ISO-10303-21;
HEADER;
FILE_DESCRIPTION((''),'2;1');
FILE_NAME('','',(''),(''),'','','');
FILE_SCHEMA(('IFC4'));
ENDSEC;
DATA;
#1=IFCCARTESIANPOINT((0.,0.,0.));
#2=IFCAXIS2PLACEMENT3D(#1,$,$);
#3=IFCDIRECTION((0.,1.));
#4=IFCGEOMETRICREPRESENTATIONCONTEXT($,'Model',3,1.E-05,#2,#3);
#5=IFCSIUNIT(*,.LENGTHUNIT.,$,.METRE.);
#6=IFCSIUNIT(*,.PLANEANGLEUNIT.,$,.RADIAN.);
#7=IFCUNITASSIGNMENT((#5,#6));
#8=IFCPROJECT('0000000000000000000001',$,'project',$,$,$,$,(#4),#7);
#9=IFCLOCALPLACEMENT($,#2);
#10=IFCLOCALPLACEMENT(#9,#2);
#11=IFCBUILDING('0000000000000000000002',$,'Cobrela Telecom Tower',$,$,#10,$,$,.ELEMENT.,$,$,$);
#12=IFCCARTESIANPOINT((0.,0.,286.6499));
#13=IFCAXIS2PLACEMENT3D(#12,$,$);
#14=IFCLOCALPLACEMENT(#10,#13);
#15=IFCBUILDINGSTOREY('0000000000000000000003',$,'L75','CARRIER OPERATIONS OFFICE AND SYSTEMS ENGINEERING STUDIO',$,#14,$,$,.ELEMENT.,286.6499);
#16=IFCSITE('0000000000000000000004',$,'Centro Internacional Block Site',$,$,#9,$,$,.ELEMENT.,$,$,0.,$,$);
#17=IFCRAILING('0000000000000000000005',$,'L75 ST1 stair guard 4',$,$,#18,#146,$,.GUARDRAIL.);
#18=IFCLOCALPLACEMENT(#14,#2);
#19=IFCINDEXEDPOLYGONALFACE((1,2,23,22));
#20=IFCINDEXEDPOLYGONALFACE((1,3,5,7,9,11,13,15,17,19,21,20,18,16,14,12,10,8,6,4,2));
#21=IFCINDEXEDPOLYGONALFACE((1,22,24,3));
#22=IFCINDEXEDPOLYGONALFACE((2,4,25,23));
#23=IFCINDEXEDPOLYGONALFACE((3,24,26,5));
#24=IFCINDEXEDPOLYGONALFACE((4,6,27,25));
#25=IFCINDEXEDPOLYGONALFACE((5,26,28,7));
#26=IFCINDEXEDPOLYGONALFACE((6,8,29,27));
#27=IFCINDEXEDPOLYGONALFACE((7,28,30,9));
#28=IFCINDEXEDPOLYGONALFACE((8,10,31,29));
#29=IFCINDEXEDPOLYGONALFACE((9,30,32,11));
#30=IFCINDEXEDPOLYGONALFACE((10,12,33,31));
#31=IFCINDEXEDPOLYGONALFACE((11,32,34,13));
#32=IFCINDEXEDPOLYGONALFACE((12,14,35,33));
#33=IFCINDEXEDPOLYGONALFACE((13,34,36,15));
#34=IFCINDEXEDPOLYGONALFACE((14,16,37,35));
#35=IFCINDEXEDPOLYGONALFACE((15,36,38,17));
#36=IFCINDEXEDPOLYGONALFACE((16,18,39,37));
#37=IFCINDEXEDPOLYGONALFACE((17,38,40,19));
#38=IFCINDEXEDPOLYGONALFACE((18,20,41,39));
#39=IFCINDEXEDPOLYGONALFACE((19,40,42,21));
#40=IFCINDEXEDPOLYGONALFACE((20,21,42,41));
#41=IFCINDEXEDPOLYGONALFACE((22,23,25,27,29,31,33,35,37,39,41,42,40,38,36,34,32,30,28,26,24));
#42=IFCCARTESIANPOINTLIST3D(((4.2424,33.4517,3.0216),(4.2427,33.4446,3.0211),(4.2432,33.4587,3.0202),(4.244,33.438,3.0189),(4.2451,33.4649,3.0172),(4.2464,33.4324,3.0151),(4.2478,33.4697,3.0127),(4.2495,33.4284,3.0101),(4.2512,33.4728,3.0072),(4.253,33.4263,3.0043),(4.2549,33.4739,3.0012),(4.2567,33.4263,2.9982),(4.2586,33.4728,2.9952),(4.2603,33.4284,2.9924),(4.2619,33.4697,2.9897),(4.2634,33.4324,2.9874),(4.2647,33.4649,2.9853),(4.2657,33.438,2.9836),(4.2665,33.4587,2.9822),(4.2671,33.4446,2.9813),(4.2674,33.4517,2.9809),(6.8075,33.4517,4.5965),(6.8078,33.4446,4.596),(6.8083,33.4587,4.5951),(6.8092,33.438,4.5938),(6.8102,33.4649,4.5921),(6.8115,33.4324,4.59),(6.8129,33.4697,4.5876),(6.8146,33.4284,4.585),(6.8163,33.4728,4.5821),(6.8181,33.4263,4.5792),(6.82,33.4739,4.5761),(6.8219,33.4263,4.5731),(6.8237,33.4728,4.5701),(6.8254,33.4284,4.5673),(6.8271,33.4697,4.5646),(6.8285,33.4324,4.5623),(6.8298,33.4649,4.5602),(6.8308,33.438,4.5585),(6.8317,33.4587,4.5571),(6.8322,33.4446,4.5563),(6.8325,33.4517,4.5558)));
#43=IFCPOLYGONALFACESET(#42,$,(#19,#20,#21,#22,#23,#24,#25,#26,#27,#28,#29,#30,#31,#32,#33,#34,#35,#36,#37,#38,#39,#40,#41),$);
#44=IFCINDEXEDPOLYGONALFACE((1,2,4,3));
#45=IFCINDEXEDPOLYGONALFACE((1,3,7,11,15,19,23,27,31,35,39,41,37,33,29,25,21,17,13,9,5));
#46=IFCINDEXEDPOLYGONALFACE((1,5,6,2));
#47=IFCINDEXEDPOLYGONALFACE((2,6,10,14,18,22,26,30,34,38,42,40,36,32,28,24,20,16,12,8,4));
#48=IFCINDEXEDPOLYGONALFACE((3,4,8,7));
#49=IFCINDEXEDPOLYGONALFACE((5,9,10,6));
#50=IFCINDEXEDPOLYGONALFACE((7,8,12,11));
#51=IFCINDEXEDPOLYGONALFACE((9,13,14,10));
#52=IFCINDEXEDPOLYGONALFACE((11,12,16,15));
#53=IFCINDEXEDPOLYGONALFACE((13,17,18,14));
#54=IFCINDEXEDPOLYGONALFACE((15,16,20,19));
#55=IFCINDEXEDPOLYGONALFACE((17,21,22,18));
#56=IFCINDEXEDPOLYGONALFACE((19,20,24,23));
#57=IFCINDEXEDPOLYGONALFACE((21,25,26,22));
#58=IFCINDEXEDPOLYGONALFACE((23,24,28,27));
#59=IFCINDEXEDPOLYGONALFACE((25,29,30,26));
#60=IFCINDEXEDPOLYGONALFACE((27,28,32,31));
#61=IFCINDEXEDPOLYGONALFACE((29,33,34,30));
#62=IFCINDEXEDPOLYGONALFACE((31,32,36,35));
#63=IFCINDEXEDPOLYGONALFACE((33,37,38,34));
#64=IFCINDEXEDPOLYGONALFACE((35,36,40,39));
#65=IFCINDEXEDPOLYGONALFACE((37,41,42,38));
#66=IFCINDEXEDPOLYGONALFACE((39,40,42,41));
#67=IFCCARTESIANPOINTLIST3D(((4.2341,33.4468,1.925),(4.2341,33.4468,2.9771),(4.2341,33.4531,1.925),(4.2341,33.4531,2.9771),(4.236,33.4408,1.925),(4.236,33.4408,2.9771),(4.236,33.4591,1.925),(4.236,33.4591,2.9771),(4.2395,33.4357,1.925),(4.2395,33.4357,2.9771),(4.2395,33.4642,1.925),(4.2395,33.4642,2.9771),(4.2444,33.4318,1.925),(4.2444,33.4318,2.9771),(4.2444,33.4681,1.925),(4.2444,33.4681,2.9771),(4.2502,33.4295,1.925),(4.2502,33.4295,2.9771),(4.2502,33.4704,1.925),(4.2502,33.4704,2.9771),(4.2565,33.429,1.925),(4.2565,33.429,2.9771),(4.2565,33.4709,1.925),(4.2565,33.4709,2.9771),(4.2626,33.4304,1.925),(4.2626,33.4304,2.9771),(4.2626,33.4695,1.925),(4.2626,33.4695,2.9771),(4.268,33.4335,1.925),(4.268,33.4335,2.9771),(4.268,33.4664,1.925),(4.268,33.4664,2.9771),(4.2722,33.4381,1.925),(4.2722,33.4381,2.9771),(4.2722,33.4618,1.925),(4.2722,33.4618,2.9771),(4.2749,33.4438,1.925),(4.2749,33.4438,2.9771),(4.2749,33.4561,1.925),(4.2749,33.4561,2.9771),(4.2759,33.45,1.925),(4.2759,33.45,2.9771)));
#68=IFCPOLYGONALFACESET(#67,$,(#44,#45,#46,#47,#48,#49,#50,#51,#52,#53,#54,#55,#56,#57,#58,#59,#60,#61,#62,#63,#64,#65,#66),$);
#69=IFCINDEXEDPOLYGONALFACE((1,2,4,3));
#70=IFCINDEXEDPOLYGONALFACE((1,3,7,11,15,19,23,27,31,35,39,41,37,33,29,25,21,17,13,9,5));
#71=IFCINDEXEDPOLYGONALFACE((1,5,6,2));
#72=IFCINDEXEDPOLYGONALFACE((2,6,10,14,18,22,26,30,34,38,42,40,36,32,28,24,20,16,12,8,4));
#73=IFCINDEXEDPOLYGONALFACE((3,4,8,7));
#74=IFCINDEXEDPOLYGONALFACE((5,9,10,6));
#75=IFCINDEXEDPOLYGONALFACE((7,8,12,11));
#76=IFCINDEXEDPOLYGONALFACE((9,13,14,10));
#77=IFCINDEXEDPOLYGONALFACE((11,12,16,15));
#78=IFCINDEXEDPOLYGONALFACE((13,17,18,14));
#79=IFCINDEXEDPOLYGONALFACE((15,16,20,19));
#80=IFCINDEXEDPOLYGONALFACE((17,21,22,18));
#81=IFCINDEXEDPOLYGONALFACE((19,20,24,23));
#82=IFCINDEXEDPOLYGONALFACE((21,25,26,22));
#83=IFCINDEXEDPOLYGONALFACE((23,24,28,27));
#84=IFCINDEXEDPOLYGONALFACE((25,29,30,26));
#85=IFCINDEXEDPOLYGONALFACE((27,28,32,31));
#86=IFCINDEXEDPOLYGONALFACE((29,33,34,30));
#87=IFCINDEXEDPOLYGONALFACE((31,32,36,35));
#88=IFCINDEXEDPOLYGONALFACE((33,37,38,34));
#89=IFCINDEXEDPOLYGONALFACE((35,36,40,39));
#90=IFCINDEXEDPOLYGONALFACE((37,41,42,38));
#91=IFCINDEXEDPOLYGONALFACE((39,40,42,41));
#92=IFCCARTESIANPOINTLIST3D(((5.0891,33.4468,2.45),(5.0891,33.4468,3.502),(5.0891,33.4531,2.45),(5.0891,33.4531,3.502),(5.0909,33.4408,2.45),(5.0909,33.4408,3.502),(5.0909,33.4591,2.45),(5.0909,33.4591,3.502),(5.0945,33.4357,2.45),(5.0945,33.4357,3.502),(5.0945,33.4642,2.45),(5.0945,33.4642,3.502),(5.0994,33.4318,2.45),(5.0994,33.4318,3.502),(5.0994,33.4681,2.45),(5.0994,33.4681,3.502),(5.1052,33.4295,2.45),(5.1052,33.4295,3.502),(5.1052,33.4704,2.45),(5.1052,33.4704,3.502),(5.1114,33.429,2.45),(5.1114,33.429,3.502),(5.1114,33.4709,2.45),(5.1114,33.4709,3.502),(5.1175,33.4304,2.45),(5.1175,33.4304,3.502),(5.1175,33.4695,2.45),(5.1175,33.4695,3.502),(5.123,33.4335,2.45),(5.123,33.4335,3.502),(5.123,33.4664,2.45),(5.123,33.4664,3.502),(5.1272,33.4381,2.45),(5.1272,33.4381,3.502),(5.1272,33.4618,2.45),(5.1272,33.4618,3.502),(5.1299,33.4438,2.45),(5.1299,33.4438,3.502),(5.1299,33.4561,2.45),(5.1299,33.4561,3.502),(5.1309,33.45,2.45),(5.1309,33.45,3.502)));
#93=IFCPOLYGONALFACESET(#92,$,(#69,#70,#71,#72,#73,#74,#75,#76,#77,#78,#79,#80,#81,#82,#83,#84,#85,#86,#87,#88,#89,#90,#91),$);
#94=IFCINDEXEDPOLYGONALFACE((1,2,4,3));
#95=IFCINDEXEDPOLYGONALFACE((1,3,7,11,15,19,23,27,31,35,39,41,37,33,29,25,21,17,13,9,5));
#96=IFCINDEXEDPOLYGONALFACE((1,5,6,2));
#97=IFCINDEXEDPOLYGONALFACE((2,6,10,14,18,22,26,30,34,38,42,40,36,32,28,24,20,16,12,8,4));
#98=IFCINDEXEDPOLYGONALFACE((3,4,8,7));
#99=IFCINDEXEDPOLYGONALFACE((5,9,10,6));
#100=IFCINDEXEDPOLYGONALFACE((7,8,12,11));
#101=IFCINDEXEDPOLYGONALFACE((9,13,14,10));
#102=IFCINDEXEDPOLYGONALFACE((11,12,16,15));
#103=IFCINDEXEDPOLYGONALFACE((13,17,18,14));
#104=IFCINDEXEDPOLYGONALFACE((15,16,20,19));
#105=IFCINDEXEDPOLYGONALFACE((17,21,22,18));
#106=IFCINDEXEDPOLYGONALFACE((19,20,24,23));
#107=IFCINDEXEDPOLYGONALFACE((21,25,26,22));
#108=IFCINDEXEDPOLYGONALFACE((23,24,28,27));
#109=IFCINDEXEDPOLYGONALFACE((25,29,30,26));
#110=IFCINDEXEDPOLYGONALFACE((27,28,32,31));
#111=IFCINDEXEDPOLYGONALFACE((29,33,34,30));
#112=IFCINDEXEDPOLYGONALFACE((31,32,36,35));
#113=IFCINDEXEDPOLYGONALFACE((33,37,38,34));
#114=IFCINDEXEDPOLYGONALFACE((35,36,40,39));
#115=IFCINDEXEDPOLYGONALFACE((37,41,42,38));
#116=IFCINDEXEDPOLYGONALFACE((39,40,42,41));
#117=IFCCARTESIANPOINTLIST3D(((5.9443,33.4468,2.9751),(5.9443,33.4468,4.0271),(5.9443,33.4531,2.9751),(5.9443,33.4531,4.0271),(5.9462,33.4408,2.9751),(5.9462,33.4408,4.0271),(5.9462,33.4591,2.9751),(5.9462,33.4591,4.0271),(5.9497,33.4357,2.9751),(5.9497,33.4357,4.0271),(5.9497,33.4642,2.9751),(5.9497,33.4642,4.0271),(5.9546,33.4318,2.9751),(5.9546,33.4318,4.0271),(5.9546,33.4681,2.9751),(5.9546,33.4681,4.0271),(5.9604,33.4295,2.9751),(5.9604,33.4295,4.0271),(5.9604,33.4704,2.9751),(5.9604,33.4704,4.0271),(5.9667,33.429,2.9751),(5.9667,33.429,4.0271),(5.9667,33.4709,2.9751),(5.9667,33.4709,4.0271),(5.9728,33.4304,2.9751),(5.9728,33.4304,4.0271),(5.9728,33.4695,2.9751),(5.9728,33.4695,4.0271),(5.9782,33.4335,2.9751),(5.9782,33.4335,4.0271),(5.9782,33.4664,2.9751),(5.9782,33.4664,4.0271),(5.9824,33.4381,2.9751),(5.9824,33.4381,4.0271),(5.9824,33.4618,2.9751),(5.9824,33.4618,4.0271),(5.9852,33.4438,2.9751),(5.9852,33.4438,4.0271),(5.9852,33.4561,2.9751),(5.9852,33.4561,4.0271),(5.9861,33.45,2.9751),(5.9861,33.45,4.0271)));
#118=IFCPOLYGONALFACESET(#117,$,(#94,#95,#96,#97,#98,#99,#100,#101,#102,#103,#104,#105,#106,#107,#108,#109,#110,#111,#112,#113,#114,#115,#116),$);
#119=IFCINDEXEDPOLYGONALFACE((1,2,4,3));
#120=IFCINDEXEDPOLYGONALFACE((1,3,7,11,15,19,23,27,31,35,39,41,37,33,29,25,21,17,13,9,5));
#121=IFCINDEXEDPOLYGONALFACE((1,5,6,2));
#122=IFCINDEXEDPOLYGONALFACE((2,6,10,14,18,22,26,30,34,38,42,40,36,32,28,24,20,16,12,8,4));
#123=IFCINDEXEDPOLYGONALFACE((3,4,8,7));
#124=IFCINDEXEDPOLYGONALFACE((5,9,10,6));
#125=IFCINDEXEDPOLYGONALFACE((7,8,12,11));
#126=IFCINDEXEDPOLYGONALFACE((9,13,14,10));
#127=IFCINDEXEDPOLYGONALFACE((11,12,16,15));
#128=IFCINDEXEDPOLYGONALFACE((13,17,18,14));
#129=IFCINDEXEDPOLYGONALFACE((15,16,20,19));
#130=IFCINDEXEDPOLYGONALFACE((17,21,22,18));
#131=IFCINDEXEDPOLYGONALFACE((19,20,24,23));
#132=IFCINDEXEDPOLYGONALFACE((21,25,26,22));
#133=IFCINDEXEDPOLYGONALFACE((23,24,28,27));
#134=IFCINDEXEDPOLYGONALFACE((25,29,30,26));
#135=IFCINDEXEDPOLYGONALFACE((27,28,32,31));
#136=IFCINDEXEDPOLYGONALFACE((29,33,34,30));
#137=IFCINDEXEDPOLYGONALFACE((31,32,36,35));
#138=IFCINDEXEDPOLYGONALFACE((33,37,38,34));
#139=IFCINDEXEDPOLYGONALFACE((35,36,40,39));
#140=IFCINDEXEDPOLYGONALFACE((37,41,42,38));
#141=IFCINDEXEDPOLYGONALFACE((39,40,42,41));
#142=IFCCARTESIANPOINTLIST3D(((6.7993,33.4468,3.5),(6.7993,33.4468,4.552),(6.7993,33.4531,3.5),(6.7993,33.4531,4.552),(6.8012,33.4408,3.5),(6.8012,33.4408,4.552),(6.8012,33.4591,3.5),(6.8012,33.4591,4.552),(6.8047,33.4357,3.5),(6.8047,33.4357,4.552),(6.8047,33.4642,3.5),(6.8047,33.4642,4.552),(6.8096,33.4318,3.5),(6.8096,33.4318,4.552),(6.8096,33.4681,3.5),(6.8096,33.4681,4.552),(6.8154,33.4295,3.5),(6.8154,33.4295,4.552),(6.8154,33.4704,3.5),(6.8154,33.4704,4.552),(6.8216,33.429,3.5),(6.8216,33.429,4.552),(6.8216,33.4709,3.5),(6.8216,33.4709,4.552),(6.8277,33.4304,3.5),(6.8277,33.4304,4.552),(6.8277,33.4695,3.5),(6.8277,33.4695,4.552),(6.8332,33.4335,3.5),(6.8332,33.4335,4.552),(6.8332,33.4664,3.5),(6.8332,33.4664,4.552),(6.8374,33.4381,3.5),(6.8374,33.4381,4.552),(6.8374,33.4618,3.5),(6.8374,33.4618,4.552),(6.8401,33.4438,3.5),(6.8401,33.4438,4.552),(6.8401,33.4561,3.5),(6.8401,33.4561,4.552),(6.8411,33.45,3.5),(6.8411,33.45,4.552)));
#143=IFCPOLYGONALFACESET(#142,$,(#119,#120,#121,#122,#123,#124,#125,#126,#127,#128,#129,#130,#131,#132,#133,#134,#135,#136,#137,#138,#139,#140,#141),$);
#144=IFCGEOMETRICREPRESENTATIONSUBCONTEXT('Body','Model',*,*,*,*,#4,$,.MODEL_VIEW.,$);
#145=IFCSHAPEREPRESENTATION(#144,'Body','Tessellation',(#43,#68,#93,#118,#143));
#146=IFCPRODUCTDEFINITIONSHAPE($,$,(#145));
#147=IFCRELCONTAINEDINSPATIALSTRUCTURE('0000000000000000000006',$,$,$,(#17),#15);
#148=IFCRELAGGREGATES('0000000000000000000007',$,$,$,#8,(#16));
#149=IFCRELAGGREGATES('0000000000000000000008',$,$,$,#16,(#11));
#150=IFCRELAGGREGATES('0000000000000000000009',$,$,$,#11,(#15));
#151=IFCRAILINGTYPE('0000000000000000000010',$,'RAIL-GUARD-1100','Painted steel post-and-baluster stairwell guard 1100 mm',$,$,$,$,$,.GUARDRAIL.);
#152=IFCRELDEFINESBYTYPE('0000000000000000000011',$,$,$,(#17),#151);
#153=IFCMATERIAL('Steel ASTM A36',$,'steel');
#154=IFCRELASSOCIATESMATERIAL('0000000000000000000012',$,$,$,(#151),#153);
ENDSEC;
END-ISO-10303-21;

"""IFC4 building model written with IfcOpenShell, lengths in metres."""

from ifc_helpers import new_model, si_unit, direction, frame, origin, origin_2d, place, context, subcontext, project, spatial, circle, extrude, material, type_object, element, save


model = new_model("IFC4")

# Units and contexts
model_context = context("Model", 3, precision=1e-05, world=origin(), true_north=direction((0.0, 1.0)))
body_context = subcontext(model_context, "Body", "Model", "MODEL_VIEW")
ifc_project = project(units=[si_unit("LENGTHUNIT", "METRE"), si_unit("PLANEANGLEUNIT", "RADIAN")], contexts=[model_context])

# Site, building, storey
site_placement = place(None, origin())
site = spatial("IfcSite", under=ifc_project, at=site_placement, Name="Centro Internacional Block Site", CompositionType="ELEMENT", RefElevation=0.0)
building_placement = place(site_placement, origin())
building = spatial("IfcBuilding", under=site, at=building_placement, Name="Cobrela Telecom Tower", CompositionType="ELEMENT")
storey_placement = place(building_placement, frame((0.0, 0.0, 286.6499)))
storey = spatial("IfcBuildingStorey", under=building, at=storey_placement, Name="L75", Description="CARRIER OPERATIONS OFFICE AND SYSTEMS ENGINEERING STUDIO", CompositionType="ELEMENT", Elevation=286.6499)

# Shared definitions
ifc_material_1 = material(Name="Steel ASTM A36", Category="steel")

# Railing
railing_type_1 = type_object("IfcRailingType", Name="RAIL-GUARD-1100", Description="Painted steel post-and-baluster stairwell guard 1100 mm", PredefinedType="GUARDRAIL", material=ifc_material_1)
railing_1_placement = place(storey_placement, frame((4.2549, 33.45, 1.925)))
element("IfcRailing", 1, at=railing_1_placement, inside=storey, type_object=railing_type_1, Name="L75 ST1 stair guard 4", PredefinedType="GUARDRAIL", context=body_context, shape_type="SweptSolid", body=[
    extrude(circle(Radius=0.0239, at=origin_2d()), frame((0.0, 0.0, 1.0762), z_axis=(0.852195, 0.0, 0.523224), x_axis=(0.0, 1.0, 0.0)), (0.0, 0.0, 1.0), 3.01),
    extrude(circle(Radius=0.021, at=origin_2d()), origin(), (0.0, 0.0, 1.0), 1.052),
    extrude(circle(Radius=0.021, at=origin_2d()), frame((0.855, 0.0, 0.5249)), (0.0, 0.0, 1.0), 1.052),
    extrude(circle(Radius=0.021, at=origin_2d()), frame((1.7102, 0.0, 1.05)), (0.0, 0.0, 1.0), 1.052),
    extrude(circle(Radius=0.021, at=origin_2d()), frame((2.5652, 0.0, 1.575)), (0.0, 0.0, 1.0), 1.052),
])

save(model, "model.ifc")
